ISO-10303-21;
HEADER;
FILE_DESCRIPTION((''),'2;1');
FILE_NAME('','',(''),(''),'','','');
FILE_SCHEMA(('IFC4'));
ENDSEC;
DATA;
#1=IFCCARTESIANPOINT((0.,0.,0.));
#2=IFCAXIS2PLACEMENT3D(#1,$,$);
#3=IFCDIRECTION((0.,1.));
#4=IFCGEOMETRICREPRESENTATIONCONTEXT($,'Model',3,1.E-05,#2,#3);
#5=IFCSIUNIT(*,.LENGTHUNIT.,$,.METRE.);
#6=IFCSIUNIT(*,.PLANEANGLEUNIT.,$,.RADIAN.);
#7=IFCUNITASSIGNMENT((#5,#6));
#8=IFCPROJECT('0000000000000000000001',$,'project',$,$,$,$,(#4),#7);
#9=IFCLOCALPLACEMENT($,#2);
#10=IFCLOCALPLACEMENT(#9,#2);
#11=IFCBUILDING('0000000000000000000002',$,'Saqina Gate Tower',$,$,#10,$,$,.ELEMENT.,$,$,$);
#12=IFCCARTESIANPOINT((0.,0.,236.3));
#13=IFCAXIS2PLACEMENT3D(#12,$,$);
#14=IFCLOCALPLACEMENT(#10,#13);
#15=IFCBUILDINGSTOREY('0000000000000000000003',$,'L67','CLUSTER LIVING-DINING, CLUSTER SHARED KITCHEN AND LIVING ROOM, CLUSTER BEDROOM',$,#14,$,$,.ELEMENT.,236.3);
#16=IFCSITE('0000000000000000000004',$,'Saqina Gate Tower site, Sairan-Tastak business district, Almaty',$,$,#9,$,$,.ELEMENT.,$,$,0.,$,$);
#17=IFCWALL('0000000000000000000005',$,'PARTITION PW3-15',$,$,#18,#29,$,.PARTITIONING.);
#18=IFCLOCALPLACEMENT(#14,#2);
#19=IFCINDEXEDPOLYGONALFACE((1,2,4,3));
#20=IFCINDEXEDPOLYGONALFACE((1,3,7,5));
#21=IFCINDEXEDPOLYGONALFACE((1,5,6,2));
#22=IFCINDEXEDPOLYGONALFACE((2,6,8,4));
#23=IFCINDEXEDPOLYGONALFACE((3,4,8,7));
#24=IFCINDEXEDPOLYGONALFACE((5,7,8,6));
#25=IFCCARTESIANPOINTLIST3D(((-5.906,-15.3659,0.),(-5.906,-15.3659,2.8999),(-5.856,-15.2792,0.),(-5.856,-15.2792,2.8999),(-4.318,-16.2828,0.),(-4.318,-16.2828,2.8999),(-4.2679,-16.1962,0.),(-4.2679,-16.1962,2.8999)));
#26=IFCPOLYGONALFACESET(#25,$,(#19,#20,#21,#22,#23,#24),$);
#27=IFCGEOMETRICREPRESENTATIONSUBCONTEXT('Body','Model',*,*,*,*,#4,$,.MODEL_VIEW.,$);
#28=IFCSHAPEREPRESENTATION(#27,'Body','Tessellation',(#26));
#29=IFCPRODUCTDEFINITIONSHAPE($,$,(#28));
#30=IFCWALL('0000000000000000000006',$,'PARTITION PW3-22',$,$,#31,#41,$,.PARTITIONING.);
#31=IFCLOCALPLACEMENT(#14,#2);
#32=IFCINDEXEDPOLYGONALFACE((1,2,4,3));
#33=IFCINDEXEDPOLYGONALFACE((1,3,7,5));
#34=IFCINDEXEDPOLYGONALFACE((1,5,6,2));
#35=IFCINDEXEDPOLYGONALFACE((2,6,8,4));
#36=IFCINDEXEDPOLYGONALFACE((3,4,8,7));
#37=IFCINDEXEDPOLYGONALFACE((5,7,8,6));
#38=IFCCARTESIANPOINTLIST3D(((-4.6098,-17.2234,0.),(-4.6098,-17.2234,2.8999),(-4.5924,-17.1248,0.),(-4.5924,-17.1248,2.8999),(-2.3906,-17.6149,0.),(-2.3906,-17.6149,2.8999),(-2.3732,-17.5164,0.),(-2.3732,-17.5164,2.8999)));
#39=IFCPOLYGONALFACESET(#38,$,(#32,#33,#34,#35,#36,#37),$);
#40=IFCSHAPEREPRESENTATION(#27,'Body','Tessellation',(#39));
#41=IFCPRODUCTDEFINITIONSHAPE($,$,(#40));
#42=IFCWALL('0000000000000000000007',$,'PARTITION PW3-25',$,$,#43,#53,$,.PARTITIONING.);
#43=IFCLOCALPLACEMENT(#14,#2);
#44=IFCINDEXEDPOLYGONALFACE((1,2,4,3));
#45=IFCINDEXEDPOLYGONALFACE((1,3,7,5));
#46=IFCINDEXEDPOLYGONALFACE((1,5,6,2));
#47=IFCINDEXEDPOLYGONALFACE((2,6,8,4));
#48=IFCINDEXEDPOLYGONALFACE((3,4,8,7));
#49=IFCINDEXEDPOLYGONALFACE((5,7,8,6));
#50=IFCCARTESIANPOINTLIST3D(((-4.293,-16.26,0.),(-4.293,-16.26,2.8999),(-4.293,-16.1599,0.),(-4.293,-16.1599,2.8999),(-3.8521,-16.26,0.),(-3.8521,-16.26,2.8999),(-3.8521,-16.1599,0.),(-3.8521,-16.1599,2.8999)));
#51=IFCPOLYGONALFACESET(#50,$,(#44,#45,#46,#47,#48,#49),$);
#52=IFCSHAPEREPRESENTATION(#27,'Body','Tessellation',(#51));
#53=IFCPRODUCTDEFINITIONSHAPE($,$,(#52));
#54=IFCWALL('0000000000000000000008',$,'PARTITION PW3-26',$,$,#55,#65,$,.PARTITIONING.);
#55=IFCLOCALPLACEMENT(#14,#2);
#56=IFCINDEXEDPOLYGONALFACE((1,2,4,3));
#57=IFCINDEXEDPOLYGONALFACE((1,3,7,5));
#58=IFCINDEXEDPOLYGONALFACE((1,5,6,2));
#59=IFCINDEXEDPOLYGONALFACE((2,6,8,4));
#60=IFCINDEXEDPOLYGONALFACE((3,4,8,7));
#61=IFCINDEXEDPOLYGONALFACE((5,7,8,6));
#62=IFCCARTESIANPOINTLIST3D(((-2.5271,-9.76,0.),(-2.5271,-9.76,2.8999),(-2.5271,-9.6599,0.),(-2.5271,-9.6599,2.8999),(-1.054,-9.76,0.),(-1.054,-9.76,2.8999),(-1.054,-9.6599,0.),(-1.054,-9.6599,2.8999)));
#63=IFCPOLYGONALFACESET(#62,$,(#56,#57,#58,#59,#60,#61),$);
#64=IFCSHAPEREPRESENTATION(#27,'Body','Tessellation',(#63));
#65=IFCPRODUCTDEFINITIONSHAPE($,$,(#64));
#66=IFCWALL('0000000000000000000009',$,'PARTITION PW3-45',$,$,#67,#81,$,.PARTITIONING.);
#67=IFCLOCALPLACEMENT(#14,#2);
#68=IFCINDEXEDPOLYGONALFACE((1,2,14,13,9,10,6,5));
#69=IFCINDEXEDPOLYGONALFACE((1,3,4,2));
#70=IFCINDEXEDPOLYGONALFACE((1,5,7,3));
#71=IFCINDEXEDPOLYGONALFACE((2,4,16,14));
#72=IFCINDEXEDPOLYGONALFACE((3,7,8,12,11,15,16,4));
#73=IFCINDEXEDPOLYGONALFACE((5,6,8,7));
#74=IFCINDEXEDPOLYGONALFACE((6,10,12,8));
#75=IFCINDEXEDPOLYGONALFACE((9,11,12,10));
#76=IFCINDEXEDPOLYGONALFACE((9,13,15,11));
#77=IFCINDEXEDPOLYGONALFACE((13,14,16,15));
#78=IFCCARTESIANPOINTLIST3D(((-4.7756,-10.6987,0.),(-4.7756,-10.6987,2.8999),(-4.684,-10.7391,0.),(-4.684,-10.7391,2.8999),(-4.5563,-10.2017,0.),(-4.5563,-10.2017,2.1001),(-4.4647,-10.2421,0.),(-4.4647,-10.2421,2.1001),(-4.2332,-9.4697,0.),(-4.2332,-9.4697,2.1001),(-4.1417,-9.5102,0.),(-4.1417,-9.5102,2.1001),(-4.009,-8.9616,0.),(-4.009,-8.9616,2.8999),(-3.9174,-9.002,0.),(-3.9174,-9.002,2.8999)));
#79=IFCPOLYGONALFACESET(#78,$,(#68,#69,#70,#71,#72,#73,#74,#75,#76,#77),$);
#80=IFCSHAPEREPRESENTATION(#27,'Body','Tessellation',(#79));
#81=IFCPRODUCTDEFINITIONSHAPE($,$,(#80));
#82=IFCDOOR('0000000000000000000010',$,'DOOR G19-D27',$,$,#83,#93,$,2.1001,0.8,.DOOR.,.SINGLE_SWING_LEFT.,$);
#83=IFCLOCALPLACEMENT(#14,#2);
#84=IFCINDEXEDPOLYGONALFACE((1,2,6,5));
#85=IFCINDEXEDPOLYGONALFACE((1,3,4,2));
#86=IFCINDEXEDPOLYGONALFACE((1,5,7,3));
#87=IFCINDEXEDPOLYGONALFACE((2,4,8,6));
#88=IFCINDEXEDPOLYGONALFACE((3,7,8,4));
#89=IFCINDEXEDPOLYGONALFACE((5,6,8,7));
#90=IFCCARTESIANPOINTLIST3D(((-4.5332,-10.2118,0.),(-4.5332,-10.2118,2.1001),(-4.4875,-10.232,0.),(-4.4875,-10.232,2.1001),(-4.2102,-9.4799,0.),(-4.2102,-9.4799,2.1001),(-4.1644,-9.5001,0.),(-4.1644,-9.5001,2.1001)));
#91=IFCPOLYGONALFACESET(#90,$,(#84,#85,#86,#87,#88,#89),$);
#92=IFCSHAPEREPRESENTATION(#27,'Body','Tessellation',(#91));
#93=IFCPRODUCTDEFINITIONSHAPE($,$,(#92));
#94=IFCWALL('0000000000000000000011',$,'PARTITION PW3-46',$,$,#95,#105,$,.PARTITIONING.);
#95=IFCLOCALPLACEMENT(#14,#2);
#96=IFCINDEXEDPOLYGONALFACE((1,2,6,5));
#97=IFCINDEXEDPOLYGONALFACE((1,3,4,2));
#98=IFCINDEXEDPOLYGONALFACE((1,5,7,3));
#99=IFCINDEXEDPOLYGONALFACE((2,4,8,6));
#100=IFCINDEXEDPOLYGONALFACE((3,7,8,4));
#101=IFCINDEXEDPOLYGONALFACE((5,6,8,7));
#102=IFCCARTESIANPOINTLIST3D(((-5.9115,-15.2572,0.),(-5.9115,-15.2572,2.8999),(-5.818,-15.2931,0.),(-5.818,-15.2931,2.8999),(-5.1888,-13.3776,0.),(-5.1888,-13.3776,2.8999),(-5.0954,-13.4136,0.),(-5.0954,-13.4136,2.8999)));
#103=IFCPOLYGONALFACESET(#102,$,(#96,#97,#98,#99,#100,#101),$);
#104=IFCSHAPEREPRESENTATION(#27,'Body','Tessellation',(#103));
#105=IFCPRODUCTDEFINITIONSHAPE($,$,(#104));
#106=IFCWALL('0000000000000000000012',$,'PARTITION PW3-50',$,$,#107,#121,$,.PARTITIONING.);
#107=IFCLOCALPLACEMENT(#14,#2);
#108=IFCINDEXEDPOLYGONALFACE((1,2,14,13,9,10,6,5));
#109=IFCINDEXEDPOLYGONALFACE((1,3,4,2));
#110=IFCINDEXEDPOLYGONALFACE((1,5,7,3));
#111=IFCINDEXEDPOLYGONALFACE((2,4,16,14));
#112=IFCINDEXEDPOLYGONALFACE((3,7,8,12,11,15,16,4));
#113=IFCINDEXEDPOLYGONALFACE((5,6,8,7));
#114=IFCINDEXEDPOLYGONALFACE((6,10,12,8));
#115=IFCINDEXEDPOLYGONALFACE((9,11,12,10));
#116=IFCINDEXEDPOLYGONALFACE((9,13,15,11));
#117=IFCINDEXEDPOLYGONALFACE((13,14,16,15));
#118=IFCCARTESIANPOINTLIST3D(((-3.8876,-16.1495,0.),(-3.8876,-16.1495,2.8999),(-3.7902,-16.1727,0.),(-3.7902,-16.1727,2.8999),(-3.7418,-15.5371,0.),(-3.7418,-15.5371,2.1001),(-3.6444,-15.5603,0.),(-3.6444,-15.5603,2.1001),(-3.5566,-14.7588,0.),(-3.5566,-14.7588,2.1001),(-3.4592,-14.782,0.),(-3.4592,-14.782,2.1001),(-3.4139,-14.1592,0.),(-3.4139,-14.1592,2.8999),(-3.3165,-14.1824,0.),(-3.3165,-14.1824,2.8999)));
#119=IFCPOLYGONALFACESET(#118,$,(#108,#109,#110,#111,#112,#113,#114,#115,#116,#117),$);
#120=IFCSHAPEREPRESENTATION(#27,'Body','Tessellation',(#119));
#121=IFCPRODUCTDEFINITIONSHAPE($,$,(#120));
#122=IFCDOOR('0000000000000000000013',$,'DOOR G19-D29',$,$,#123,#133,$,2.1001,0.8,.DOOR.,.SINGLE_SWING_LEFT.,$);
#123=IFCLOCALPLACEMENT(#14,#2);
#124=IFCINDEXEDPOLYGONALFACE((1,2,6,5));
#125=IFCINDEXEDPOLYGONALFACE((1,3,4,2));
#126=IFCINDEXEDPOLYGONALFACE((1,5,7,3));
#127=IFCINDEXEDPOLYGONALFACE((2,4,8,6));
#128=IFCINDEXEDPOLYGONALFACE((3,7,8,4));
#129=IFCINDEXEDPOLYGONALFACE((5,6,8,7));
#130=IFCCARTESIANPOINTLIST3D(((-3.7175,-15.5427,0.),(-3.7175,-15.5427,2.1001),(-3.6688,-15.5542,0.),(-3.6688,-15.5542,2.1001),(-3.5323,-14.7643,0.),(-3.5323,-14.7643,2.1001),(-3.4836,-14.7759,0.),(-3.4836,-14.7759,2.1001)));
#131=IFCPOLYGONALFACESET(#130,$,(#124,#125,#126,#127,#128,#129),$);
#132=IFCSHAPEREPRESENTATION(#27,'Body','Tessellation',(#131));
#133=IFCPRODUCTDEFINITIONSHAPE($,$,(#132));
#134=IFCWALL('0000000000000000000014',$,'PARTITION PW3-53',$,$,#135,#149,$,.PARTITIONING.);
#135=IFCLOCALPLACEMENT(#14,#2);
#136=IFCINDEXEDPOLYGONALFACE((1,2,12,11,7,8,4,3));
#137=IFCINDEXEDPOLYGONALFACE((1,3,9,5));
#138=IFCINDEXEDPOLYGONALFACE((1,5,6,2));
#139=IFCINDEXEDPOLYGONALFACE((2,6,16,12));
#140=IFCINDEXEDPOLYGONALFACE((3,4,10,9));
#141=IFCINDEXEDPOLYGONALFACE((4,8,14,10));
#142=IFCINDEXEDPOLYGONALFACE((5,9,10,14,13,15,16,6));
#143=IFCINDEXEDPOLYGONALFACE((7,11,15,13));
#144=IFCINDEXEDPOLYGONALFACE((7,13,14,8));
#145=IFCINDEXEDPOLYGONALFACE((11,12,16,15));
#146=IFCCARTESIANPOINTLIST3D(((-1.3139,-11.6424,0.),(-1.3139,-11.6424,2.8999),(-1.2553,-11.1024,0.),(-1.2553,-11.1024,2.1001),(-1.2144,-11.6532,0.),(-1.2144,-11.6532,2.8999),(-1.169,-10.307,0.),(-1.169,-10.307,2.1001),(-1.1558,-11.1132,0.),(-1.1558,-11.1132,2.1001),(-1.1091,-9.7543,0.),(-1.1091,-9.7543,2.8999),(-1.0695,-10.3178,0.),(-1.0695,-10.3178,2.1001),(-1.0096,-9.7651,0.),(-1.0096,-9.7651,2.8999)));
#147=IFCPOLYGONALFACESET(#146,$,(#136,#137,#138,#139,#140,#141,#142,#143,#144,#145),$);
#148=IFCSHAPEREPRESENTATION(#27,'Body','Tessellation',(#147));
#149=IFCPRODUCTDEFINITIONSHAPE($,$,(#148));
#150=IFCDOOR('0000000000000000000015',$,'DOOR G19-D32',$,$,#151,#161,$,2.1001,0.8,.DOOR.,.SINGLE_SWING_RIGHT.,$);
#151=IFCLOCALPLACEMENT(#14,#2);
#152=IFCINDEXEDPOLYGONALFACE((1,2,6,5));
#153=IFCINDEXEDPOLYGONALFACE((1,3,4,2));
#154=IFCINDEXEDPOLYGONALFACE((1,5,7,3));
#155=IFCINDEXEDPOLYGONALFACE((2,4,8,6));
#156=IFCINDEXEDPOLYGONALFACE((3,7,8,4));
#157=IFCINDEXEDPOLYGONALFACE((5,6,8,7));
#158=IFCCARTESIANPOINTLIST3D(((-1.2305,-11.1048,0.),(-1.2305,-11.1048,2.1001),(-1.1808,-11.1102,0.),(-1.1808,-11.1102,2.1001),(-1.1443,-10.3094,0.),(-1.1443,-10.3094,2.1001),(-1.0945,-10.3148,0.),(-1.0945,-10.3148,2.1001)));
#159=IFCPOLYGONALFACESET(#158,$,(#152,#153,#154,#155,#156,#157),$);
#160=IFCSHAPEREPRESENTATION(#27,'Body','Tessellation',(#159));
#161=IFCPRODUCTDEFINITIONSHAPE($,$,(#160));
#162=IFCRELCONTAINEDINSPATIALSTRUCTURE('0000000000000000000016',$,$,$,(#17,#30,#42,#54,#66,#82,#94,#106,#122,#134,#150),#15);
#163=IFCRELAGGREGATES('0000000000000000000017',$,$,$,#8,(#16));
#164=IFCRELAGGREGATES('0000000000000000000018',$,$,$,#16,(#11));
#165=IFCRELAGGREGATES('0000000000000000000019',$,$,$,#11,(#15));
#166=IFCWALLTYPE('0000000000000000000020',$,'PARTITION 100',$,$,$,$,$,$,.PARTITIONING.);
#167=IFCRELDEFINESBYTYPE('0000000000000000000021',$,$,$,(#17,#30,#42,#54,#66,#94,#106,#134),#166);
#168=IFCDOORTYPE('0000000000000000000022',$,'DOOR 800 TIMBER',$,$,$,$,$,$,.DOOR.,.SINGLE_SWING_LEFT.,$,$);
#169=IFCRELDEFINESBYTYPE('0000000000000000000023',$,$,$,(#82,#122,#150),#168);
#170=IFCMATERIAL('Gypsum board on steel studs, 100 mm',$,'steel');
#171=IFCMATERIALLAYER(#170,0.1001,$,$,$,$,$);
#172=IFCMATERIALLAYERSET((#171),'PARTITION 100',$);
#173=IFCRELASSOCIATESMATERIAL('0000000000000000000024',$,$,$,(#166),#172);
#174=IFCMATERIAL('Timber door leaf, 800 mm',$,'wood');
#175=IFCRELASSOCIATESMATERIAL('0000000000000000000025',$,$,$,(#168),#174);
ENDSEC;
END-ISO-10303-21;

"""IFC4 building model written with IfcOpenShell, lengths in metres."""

from ifc_helpers import new_model, si_unit, direction, frame, frame_2d, origin, place, context, subcontext, project, spatial, rectangle, extrude, material, layer, layer_set, type_object, element, fill, save


model = new_model("IFC4")

# Units and contexts
model_context = context("Model", 3, precision=1e-05, world=origin(), true_north=direction((0.0, 1.0)))
body_context = subcontext(model_context, "Body", "Model", "MODEL_VIEW")
ifc_project = project(units=[si_unit("LENGTHUNIT", "METRE"), si_unit("PLANEANGLEUNIT", "RADIAN")], contexts=[model_context])

# Site, building, storey
site_placement = place(None, origin())
site = spatial("IfcSite", under=ifc_project, at=site_placement, Name="Saqina Gate Tower site, Sairan-Tastak business district, Almaty", CompositionType="ELEMENT", RefElevation=0.0)
building_placement = place(site_placement, origin())
building = spatial("IfcBuilding", under=site, at=building_placement, Name="Saqina Gate Tower", CompositionType="ELEMENT")
storey_placement = place(building_placement, frame((0.0, 0.0, 236.3)))
storey = spatial("IfcBuildingStorey", under=building, at=storey_placement, Name="L67", Description="CLUSTER LIVING-DINING, CLUSTER SHARED KITCHEN AND LIVING ROOM, CLUSTER BEDROOM", CompositionType="ELEMENT", Elevation=236.3)

# Walls
ifc_material_1 = material(Name="Gypsum board on steel studs, 100 mm", Category="steel")
ifc_layer_1 = layer(ifc_material_1, 0.1001)
ifc_layer_set_1 = layer_set([ifc_layer_1], Name="PARTITION 100")
wall_type_1 = type_object("IfcWallType", Name="PARTITION 100", PredefinedType="PARTITIONING", material=ifc_layer_set_1)
wall_1_placement = place(storey_placement, frame((-5.8811, -15.3225, 0.0), z_axis=(0.0, 0.0, 1.0), x_axis=(0.866006, -0.500034, 0.0)))
element("IfcWall", 1, at=wall_1_placement, inside=storey, type_object=wall_type_1, Name="PARTITION PW3-15", PredefinedType="PARTITIONING", context=body_context, shape_type="SweptSolid", body=[
    extrude(rectangle(XDim=1.8337, YDim=0.1001, at=frame_2d((0.917, 0.0))), origin(), (0.0, 0.0, 1.0), 2.8999),
])
wall_2_placement = place(storey_placement, frame((-4.6011, -17.1741, 0.0), z_axis=(0.0, 0.0, 1.0), x_axis=(0.984786, -0.173773, 0.0)))
element("IfcWall", 2, at=wall_2_placement, inside=storey, type_object=wall_type_1, Name="PARTITION PW3-22", PredefinedType="PARTITIONING", context=body_context, shape_type="SweptSolid", body=[
    extrude(rectangle(XDim=2.2534, YDim=0.1001, at=frame_2d((1.1267, 0.0))), origin(), (0.0, 0.0, 1.0), 2.8999),
])
wall_3_placement = place(storey_placement, frame((-4.293, -16.21, 0.0), z_axis=(0.0, 0.0, 1.0), x_axis=(1.0, 0.0, 0.0)))
element("IfcWall", 3, at=wall_3_placement, inside=storey, type_object=wall_type_1, Name="PARTITION PW3-25", PredefinedType="PARTITIONING", context=body_context, shape_type="SweptSolid", body=[
    extrude(rectangle(XDim=0.4409, YDim=0.1001, at=frame_2d((0.2205, 0.0))), origin(), (0.0, 0.0, 1.0), 2.8999),
])
wall_4_placement = place(storey_placement, frame((-2.5271, -9.71, 0.0), z_axis=(0.0, 0.0, 1.0), x_axis=(1.0, 0.0, 0.0)))
element("IfcWall", 4, at=wall_4_placement, inside=storey, type_object=wall_type_1, Name="PARTITION PW3-26", PredefinedType="PARTITIONING", context=body_context, shape_type="SweptSolid", body=[
    extrude(rectangle(XDim=1.4731, YDim=0.1001, at=frame_2d((0.7366, 0.0))), origin(), (0.0, 0.0, 1.0), 2.8999),
])

# Wall, opening, door
wall_5_placement = place(storey_placement, frame((-4.7297, -10.7188, 0.0), z_axis=(0.0, 0.0, 1.0), x_axis=(0.403751, 0.914869, 0.0)))
wall_5 = element("IfcWall", 5, at=wall_5_placement, inside=storey, type_object=wall_type_1, Name="PARTITION PW3-45", PredefinedType="PARTITIONING", context=body_context, shape_type="SweptSolid", body=[
    extrude(rectangle(XDim=1.8987, YDim=0.1001, at=frame_2d((0.9492, 0.0))), origin(), (0.0, 0.0, 1.0), 2.8999),
])
opening_1_placement = place(wall_5_placement, frame((0.5432, 0.0, 0.0)))
opening_1 = element("IfcOpeningElement", 6, at=opening_1_placement, cuts=wall_5, PredefinedType="OPENING", context=body_context, shape_type="SweptSolid", body=[
    extrude(rectangle(XDim=0.8, YDim=2.1001, at=frame_2d((0.3999, 1.05))), frame((0.0, 0.062, 0.0), z_axis=(0.0, -1.0, 0.0), x_axis=(1.0, 0.0, 0.0)), (0.0, 0.0, 1.0), 0.124),
])
ifc_material_2 = material(Name="Timber door leaf, 800 mm", Category="wood")
door_type_1 = type_object("IfcDoorType", Name="DOOR 800 TIMBER", OperationType="SINGLE_SWING_LEFT", PredefinedType="DOOR", material=ifc_material_2)
door_1_placement = place(opening_1_placement, origin())
door_1 = element("IfcDoor", 7, at=door_1_placement, inside=storey, type_object=door_type_1, Name="DOOR G19-D27", OperationType="SINGLE_SWING_LEFT", OverallHeight=2.1001, OverallWidth=0.8, PredefinedType="DOOR", context=body_context, shape_type="SweptSolid", body=[
    extrude(rectangle(XDim=0.8, YDim=2.1001, at=frame_2d((0.3999, 1.05))), frame((0.0, 0.0249, 0.0), z_axis=(0.0, -1.0, 0.0), x_axis=(1.0, 0.0, 0.0)), (0.0, 0.0, 1.0), 0.05),
])
fill(opening_1, door_1)

# Wall
wall_6_placement = place(storey_placement, frame((-5.8647, -15.2751, 0.0), z_axis=(0.0, 0.0, 1.0), x_axis=(0.358857, 0.933392, 0.0)))
element("IfcWall", 8, at=wall_6_placement, inside=storey, type_object=wall_type_1, Name="PARTITION PW3-46", PredefinedType="PARTITIONING", context=body_context, shape_type="SweptSolid", body=[
    extrude(rectangle(XDim=2.0137, YDim=0.1001, at=frame_2d((1.0068, 0.0))), origin(), (0.0, 0.0, 1.0), 2.8999),
])

# Walls, openings, doors
wall_7_placement = place(storey_placement, frame((-3.8389, -16.1611, 0.0), z_axis=(0.0, 0.0, 1.0), x_axis=(0.231513, 0.972832, 0.0)))
wall_7 = element("IfcWall", 9, at=wall_7_placement, inside=storey, type_object=wall_type_1, Name="PARTITION PW3-50", PredefinedType="PARTITIONING", context=body_context, shape_type="SweptSolid", body=[
    extrude(rectangle(XDim=2.0459, YDim=0.1001, at=frame_2d((1.0229, 0.0))), origin(), (0.0, 0.0, 1.0), 2.8999),
])
opening_2_placement = place(wall_7_placement, frame((0.6296, 0.0, 0.0)))
opening_2 = element("IfcOpeningElement", 10, at=opening_2_placement, cuts=wall_7, PredefinedType="OPENING", context=body_context, shape_type="SweptSolid", body=[
    extrude(rectangle(XDim=0.8, YDim=2.1001, at=frame_2d((0.3999, 1.05))), frame((0.0, 0.062, 0.0), z_axis=(0.0, -1.0, 0.0), x_axis=(1.0, 0.0, 0.0)), (0.0, 0.0, 1.0), 0.124),
])
door_2_placement = place(opening_2_placement, frame((0.8, 0.0, 0.0), z_axis=(0.0, 0.0, 1.0), x_axis=(-1.0, 0.0, 0.0)))
door_2 = element("IfcDoor", 11, at=door_2_placement, inside=storey, type_object=door_type_1, Name="DOOR G19-D29", OperationType="SINGLE_SWING_LEFT", OverallHeight=2.1001, OverallWidth=0.8, PredefinedType="DOOR", context=body_context, shape_type="SweptSolid", body=[
    extrude(rectangle(XDim=0.8, YDim=2.1001, at=frame_2d((0.3999, 1.05))), frame((0.0, 0.0249, 0.0), z_axis=(0.0, -1.0, 0.0), x_axis=(1.0, 0.0, 0.0)), (0.0, 0.0, 1.0), 0.05),
])
fill(opening_2, door_2)
wall_8_placement = place(storey_placement, frame((-1.2642, -11.6479, 0.0), z_axis=(0.0, 0.0, 1.0), x_axis=(0.107849, 0.994167, 0.0)))
wall_8 = element("IfcWall", 12, at=wall_8_placement, inside=storey, type_object=wall_type_1, Name="PARTITION PW3-53", PredefinedType="PARTITIONING", context=body_context, shape_type="SweptSolid", body=[
    extrude(rectangle(XDim=1.8992, YDim=0.1001, at=frame_2d((0.9497, 0.0))), origin(), (0.0, 0.0, 1.0), 2.8999),
])
opening_3_placement = place(wall_8_placement, frame((0.5435, 0.0, 0.0)))
opening_3 = element("IfcOpeningElement", 13, at=opening_3_placement, cuts=wall_8, PredefinedType="OPENING", context=body_context, shape_type="SweptSolid", body=[
    extrude(rectangle(XDim=0.8, YDim=2.1001, at=frame_2d((0.3999, 1.05))), frame((0.0, 0.062, 0.0), z_axis=(0.0, -1.0, 0.0), x_axis=(1.0, 0.0, 0.0)), (0.0, 0.0, 1.0), 0.124),
])
door_3_placement = place(opening_3_placement, frame((0.8, 0.0, 0.0), z_axis=(0.0, 0.0, 1.0), x_axis=(-1.0, 0.0, 0.0)))
door_3 = element("IfcDoor", 14, at=door_3_placement, inside=storey, type_object=door_type_1, Name="DOOR G19-D32", OperationType="SINGLE_SWING_RIGHT", OverallHeight=2.1001, OverallWidth=0.8, PredefinedType="DOOR", context=body_context, shape_type="SweptSolid", body=[
    extrude(rectangle(XDim=0.8, YDim=2.1001, at=frame_2d((0.3999, 1.05))), frame((0.0, 0.0249, 0.0), z_axis=(0.0, -1.0, 0.0), x_axis=(1.0, 0.0, 0.0)), (0.0, 0.0, 1.0), 0.05),
])
fill(opening_3, door_3)

save(model, "model.ifc")
